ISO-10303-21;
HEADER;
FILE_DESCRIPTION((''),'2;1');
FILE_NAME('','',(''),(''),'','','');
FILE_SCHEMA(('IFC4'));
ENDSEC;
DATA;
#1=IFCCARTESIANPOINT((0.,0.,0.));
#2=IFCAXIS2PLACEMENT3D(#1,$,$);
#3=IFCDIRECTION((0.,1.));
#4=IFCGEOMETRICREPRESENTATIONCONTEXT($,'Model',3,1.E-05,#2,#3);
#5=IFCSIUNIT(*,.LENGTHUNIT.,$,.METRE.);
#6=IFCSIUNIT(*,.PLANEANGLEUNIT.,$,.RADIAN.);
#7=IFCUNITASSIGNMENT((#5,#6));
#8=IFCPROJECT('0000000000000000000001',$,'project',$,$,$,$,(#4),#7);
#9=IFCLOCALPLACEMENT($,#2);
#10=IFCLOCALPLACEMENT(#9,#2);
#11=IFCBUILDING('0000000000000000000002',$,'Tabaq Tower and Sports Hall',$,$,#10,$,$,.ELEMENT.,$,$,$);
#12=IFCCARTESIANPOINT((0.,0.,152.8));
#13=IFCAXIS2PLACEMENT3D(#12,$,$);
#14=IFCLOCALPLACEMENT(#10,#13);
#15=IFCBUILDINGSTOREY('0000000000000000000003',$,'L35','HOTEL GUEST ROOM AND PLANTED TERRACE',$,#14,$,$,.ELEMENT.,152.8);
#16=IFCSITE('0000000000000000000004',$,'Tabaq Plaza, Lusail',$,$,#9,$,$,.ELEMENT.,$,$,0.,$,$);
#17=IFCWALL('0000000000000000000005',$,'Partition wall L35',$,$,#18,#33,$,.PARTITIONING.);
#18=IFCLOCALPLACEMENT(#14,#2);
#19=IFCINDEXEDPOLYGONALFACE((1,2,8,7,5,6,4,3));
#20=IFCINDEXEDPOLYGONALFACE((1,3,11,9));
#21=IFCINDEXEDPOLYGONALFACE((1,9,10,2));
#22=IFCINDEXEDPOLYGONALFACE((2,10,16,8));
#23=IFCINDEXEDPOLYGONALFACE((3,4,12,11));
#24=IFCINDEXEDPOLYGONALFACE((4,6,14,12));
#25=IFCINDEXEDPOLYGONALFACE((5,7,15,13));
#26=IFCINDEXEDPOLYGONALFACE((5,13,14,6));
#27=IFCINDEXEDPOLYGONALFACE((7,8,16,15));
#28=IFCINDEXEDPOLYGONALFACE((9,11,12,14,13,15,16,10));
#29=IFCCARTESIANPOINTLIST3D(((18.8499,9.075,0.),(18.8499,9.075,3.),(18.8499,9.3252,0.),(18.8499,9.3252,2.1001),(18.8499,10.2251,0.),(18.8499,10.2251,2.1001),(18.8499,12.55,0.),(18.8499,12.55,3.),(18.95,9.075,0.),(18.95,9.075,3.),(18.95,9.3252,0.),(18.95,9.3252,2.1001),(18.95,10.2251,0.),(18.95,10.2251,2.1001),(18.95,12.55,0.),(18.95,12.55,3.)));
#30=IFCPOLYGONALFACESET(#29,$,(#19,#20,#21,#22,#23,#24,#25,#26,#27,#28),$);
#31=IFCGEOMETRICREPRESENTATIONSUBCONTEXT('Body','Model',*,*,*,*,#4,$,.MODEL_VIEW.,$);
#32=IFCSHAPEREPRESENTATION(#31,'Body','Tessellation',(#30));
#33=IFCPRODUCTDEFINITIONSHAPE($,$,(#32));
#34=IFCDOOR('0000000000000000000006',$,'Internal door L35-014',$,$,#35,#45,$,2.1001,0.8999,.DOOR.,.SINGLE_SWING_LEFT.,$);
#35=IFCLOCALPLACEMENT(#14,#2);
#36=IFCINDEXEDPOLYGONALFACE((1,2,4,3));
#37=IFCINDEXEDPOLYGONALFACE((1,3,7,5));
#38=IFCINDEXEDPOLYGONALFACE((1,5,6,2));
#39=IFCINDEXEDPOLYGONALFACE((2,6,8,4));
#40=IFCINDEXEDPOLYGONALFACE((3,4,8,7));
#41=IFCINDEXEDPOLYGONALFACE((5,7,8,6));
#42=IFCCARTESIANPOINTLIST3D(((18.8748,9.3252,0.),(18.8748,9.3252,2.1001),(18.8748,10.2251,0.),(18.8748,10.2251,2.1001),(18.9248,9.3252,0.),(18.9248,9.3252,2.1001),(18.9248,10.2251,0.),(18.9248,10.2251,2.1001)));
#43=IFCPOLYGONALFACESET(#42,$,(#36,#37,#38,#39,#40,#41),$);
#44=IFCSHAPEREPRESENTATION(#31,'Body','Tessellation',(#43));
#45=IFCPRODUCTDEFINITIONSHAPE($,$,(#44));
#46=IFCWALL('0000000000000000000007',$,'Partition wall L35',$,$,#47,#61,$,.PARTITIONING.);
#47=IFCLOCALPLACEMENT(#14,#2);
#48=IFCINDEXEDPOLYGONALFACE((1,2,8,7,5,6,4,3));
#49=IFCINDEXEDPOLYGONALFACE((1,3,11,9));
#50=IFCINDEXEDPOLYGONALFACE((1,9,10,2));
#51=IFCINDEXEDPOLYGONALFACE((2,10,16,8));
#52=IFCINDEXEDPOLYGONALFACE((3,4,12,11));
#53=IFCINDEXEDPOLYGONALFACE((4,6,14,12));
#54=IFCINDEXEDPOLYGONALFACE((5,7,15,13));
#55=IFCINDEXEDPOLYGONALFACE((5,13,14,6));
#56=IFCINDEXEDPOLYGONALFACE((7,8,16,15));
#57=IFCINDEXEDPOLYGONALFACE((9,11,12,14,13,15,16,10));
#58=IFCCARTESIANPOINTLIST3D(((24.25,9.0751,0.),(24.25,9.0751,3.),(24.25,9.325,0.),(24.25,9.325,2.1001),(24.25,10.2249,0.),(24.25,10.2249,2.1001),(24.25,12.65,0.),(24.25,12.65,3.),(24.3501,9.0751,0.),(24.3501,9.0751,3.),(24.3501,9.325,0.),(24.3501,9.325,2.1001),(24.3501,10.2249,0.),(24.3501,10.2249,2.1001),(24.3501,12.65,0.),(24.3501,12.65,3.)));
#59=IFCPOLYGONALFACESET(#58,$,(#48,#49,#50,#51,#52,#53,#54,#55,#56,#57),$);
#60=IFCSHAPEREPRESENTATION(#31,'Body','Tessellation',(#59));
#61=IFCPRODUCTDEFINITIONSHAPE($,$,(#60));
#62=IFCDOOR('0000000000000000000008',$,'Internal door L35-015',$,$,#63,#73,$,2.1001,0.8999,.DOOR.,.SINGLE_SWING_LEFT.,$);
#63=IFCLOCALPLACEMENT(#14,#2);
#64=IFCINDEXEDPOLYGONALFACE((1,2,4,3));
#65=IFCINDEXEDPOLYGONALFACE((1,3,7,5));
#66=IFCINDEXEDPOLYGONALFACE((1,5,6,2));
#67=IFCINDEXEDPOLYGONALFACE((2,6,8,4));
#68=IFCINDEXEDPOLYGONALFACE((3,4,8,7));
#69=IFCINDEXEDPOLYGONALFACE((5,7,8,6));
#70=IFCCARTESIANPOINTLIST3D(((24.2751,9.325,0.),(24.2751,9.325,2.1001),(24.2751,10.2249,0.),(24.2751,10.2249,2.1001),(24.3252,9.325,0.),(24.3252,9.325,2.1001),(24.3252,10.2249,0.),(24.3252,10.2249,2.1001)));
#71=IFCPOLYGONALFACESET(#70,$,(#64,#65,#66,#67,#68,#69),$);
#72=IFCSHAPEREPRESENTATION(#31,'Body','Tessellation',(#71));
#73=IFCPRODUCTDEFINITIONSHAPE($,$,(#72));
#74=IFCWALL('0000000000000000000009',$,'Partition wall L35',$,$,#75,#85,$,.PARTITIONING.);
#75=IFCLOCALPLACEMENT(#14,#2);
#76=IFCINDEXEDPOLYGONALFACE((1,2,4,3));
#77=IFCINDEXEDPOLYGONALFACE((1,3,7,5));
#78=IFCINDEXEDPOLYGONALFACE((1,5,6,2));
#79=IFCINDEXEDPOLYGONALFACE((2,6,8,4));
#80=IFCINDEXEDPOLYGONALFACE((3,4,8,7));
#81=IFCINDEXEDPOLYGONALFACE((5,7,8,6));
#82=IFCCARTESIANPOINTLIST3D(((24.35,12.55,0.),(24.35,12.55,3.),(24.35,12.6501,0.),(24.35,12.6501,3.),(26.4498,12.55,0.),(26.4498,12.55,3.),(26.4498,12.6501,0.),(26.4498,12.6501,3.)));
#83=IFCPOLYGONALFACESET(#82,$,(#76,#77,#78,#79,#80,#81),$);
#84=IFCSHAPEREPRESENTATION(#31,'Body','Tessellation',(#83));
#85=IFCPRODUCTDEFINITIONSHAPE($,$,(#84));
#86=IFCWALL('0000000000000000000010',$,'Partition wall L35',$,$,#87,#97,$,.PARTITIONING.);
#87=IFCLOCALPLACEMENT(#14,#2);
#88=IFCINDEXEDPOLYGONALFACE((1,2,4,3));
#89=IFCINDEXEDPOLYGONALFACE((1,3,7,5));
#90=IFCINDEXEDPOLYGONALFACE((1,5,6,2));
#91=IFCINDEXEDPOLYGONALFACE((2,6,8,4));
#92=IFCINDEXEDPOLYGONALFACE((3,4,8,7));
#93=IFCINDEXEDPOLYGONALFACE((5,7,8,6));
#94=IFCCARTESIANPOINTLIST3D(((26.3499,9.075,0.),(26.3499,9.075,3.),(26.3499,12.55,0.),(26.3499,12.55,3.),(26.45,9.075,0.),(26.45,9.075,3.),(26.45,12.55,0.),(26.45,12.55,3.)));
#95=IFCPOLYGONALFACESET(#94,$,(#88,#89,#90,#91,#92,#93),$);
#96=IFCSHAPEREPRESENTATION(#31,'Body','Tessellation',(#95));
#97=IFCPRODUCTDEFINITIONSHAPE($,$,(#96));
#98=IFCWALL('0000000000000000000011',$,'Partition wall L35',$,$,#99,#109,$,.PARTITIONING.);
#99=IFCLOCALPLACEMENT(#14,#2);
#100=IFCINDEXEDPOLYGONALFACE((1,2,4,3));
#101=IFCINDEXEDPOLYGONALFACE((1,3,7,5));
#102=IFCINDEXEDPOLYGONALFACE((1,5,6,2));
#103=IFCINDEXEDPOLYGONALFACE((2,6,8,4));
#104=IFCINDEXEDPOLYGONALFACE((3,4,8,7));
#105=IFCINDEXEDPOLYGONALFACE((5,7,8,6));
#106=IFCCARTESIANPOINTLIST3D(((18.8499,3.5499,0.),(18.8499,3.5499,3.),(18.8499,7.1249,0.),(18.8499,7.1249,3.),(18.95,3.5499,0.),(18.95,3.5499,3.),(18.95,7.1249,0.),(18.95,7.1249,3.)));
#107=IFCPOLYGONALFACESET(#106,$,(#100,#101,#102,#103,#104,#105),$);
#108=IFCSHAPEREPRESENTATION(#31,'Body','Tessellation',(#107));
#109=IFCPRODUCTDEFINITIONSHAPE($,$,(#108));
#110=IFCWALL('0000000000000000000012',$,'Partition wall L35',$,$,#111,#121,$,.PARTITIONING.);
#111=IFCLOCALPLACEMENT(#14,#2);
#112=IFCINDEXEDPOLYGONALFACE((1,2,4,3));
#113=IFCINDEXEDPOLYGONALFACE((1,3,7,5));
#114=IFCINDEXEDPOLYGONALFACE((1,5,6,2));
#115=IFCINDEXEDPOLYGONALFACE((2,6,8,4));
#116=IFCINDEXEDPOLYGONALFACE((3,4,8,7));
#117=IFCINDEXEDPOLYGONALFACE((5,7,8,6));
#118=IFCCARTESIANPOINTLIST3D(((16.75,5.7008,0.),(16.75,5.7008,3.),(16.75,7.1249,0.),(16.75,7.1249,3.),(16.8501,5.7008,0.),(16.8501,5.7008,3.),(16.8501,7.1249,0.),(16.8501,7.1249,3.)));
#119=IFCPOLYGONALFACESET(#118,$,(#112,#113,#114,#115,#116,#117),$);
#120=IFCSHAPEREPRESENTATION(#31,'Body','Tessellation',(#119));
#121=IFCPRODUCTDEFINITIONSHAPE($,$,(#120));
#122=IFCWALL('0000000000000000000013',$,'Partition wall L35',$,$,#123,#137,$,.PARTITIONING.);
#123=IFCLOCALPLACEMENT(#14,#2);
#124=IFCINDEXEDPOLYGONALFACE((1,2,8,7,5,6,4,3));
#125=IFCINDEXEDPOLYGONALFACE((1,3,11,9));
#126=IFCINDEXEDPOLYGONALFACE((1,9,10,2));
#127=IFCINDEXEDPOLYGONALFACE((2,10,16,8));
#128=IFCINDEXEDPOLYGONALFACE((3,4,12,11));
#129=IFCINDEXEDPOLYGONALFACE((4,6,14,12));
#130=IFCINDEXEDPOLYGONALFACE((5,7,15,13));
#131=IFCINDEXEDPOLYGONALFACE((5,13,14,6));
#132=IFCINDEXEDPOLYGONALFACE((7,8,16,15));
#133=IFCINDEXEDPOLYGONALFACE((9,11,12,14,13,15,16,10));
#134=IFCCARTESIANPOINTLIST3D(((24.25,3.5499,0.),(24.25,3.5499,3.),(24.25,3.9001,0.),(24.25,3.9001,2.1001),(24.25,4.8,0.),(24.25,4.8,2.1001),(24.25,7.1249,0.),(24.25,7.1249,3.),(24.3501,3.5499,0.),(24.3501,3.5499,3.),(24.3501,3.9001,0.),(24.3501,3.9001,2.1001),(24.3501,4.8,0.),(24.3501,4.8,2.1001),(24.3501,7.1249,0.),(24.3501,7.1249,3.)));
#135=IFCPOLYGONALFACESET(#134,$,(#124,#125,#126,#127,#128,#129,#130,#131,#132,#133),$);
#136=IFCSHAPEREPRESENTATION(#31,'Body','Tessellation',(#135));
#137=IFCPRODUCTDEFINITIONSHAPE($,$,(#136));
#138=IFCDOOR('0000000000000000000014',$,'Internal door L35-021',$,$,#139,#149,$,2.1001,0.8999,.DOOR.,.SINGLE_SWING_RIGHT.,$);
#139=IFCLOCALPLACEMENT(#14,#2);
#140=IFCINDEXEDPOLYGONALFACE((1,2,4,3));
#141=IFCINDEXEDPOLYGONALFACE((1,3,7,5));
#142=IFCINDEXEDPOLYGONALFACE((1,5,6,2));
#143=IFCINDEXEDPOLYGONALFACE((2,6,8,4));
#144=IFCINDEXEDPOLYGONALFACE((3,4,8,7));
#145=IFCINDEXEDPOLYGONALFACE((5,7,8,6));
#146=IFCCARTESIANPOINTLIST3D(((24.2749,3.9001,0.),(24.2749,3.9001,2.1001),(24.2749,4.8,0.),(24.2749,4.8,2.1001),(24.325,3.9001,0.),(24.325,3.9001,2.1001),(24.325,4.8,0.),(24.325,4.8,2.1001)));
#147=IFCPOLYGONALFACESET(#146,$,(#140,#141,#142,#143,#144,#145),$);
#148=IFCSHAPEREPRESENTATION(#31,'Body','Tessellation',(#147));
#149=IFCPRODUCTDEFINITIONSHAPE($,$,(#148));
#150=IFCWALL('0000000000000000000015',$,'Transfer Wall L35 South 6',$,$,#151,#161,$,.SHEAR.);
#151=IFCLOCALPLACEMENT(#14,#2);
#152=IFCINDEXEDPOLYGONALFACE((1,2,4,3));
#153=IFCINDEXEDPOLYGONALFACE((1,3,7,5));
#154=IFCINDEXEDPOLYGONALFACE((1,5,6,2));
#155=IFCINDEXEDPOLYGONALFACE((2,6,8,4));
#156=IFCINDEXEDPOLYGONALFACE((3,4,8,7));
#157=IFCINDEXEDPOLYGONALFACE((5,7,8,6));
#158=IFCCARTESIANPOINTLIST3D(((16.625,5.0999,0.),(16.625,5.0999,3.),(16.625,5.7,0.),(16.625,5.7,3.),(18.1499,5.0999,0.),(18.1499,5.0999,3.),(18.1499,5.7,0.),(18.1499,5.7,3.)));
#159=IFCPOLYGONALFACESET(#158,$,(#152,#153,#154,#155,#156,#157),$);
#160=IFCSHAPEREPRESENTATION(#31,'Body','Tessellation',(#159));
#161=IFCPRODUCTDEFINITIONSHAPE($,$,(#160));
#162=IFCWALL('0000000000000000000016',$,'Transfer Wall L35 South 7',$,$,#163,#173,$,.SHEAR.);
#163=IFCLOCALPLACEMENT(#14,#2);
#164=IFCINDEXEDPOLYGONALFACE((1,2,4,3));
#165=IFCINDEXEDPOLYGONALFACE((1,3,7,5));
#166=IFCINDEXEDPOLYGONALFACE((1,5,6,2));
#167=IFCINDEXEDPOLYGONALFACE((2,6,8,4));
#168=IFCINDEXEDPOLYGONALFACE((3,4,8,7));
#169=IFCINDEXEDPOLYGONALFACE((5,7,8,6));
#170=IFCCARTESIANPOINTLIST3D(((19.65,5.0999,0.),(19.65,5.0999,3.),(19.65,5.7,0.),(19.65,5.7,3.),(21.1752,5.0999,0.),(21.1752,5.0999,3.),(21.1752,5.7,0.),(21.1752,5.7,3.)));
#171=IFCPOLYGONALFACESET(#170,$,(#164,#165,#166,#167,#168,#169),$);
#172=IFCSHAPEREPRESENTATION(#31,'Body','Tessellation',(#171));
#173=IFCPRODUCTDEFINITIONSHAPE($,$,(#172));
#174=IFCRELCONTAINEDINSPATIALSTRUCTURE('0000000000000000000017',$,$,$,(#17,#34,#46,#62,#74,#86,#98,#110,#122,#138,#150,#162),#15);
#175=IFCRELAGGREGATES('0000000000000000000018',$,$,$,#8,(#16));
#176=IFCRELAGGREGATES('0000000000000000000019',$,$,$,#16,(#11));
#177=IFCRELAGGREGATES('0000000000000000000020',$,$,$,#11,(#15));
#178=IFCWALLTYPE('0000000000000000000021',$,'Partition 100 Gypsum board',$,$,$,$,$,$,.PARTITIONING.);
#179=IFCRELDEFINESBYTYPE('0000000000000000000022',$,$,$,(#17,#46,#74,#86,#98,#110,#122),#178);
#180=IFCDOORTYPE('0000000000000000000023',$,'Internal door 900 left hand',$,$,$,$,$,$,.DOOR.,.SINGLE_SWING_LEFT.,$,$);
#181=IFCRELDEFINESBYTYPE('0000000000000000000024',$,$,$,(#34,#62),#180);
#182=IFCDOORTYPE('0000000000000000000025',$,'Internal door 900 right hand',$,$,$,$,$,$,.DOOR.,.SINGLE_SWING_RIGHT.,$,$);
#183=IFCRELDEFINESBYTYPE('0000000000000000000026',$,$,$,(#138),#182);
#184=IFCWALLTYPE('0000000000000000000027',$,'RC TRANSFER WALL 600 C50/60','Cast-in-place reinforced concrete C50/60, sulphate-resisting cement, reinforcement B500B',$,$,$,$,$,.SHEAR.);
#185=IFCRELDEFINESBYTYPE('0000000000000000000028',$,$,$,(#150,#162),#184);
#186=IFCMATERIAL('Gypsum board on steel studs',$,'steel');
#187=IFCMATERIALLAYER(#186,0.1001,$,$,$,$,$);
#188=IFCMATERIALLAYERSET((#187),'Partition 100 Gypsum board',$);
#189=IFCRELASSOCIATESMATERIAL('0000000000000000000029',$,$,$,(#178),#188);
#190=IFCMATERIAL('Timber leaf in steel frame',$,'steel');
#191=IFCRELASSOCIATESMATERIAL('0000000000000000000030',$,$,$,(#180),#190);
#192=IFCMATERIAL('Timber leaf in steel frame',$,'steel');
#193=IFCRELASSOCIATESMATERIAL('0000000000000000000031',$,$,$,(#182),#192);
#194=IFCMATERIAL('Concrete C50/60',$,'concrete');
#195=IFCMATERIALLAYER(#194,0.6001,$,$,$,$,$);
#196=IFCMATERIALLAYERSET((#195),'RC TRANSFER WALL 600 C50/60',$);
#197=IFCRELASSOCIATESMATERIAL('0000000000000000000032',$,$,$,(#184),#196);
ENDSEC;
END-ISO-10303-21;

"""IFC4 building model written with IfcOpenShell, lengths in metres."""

from ifc_helpers import new_model, si_unit, direction, frame, frame_2d, origin, place, context, subcontext, project, spatial, rectangle, extrude, material, layer, layer_set, type_object, element, fill, save


model = new_model("IFC4")

# Units and contexts
model_context = context("Model", 3, precision=1e-05, world=origin(), true_north=direction((0.0, 1.0)))
body_context = subcontext(model_context, "Body", "Model", "MODEL_VIEW")
ifc_project = project(units=[si_unit("LENGTHUNIT", "METRE"), si_unit("PLANEANGLEUNIT", "RADIAN")], contexts=[model_context])

# Site, building, storey
site_placement = place(None, origin())
site = spatial("IfcSite", under=ifc_project, at=site_placement, Name="Tabaq Plaza, Lusail", CompositionType="ELEMENT", RefElevation=0.0)
building_placement = place(site_placement, origin())
building = spatial("IfcBuilding", under=site, at=building_placement, Name="Tabaq Tower and Sports Hall", CompositionType="ELEMENT")
storey_placement = place(building_placement, frame((0.0, 0.0, 152.8)))
storey = spatial("IfcBuildingStorey", under=building, at=storey_placement, Name="L35", Description="HOTEL GUEST ROOM AND PLANTED TERRACE", CompositionType="ELEMENT", Elevation=152.8)

# Shared definitions
ifc_material_1 = material(Name="Gypsum board on steel studs", Category="steel")
ifc_layer_1 = layer(ifc_material_1, 0.1001)
ifc_layer_set_1 = layer_set([ifc_layer_1], Name="Partition 100 Gypsum board")
wall_type_1 = type_object("IfcWallType", Name="Partition 100 Gypsum board", PredefinedType="PARTITIONING", material=ifc_layer_set_1)

# Walls, openings, doors
wall_1_placement = place(storey_placement, frame((18.8999, 12.55, 0.0), z_axis=(0.0, 0.0, 1.0), x_axis=(0.0, -1.0, 0.0)))
wall_1 = element("IfcWall", 1, at=wall_1_placement, inside=storey, type_object=wall_type_1, Name="Partition wall L35", PredefinedType="PARTITIONING", context=body_context, shape_type="SweptSolid", body=[
    extrude(rectangle(XDim=3.4751, YDim=0.1001, at=frame_2d((1.7375, 0.0))), origin(), (0.0, 0.0, 1.0), 3.0),
])
opening_1_placement = place(wall_1_placement, frame((2.325, 0.0, 0.0)))
opening_1 = element("IfcOpeningElement", 2, at=opening_1_placement, cuts=wall_1, PredefinedType="OPENING", context=body_context, shape_type="SweptSolid", body=[
    extrude(rectangle(XDim=0.8999, YDim=2.1001, at=frame_2d((0.45, 1.05))), frame((0.0, 0.05, 0.0), z_axis=(0.0, -1.0, 0.0), x_axis=(1.0, 0.0, 0.0)), (0.0, 0.0, 1.0), 0.1001),
])
ifc_material_2 = material(Name="Timber leaf in steel frame", Category="steel")
door_type_1 = type_object("IfcDoorType", Name="Internal door 900 left hand", OperationType="SINGLE_SWING_LEFT", PredefinedType="DOOR", material=ifc_material_2)
door_1_placement = place(opening_1_placement, origin())
door_1 = element("IfcDoor", 3, at=door_1_placement, inside=storey, type_object=door_type_1, Name="Internal door L35-014", OperationType="SINGLE_SWING_LEFT", OverallHeight=2.1001, OverallWidth=0.8999, PredefinedType="DOOR", context=body_context, shape_type="SweptSolid", body=[
    extrude(rectangle(XDim=0.8999, YDim=2.1001, at=frame_2d((0.45, 1.05))), frame((0.0, 0.0249, 0.0), z_axis=(0.0, -1.0, 0.0), x_axis=(1.0, 0.0, 0.0)), (0.0, 0.0, 1.0), 0.05),
])
fill(opening_1, door_1)
wall_2_placement = place(storey_placement, frame((24.3, 9.075, 0.0), z_axis=(0.0, 0.0, 1.0), x_axis=(0.0, 1.0, 0.0)))
wall_2 = element("IfcWall", 4, at=wall_2_placement, inside=storey, type_object=wall_type_1, Name="Partition wall L35", PredefinedType="PARTITIONING", context=body_context, shape_type="SweptSolid", body=[
    extrude(rectangle(XDim=3.575, YDim=0.1001, at=frame_2d((1.7876, 0.0))), origin(), (0.0, 0.0, 1.0), 3.0),
])
opening_2_placement = place(wall_2_placement, frame((0.25, 0.0, 0.0)))
opening_2 = element("IfcOpeningElement", 5, at=opening_2_placement, cuts=wall_2, PredefinedType="OPENING", context=body_context, shape_type="SweptSolid", body=[
    extrude(rectangle(XDim=0.8999, YDim=2.1001, at=frame_2d((0.45, 1.05))), frame((0.0, 0.05, 0.0), z_axis=(0.0, -1.0, 0.0), x_axis=(1.0, 0.0, 0.0)), (0.0, 0.0, 1.0), 0.1001),
])
door_2_placement = place(opening_2_placement, origin())
door_2 = element("IfcDoor", 6, at=door_2_placement, inside=storey, type_object=door_type_1, Name="Internal door L35-015", OperationType="SINGLE_SWING_LEFT", OverallHeight=2.1001, OverallWidth=0.8999, PredefinedType="DOOR", context=body_context, shape_type="SweptSolid", body=[
    extrude(rectangle(XDim=0.8999, YDim=2.1001, at=frame_2d((0.45, 1.05))), frame((0.0, 0.0249, 0.0), z_axis=(0.0, -1.0, 0.0), x_axis=(1.0, 0.0, 0.0)), (0.0, 0.0, 1.0), 0.05),
])
fill(opening_2, door_2)

# Walls
wall_3_placement = place(storey_placement, frame((24.3501, 12.6001, 0.0), z_axis=(0.0, 0.0, 1.0), x_axis=(1.0, 0.0, 0.0)))
element("IfcWall", 7, at=wall_3_placement, inside=storey, type_object=wall_type_1, Name="Partition wall L35", PredefinedType="PARTITIONING", context=body_context, shape_type="SweptSolid", body=[
    extrude(rectangle(XDim=2.0999, YDim=0.1001, at=frame_2d((1.0498, 0.0))), origin(), (0.0, 0.0, 1.0), 3.0),
])
wall_4_placement = place(storey_placement, frame((26.3999, 12.55, 0.0), z_axis=(0.0, 0.0, 1.0), x_axis=(0.0, -1.0, 0.0)))
element("IfcWall", 8, at=wall_4_placement, inside=storey, type_object=wall_type_1, Name="Partition wall L35", PredefinedType="PARTITIONING", context=body_context, shape_type="SweptSolid", body=[
    extrude(rectangle(XDim=3.4751, YDim=0.1001, at=frame_2d((1.7375, 0.0))), origin(), (0.0, 0.0, 1.0), 3.0),
])
wall_5_placement = place(storey_placement, frame((18.8999, 7.125, 0.0), z_axis=(0.0, 0.0, 1.0), x_axis=(0.0, -1.0, 0.0)))
element("IfcWall", 9, at=wall_5_placement, inside=storey, type_object=wall_type_1, Name="Partition wall L35", PredefinedType="PARTITIONING", context=body_context, shape_type="SweptSolid", body=[
    extrude(rectangle(XDim=3.575, YDim=0.1001, at=frame_2d((1.7876, 0.0))), origin(), (0.0, 0.0, 1.0), 3.0),
])
wall_6_placement = place(storey_placement, frame((16.8, 5.7009, 0.0), z_axis=(0.0, 0.0, 1.0), x_axis=(0.0, 1.0, 0.0)))
element("IfcWall", 10, at=wall_6_placement, inside=storey, type_object=wall_type_1, Name="Partition wall L35", PredefinedType="PARTITIONING", context=body_context, shape_type="SweptSolid", body=[
    extrude(rectangle(XDim=1.4241, YDim=0.1001, at=frame_2d((0.7119, 0.0))), origin(), (0.0, 0.0, 1.0), 3.0),
])

# Wall, opening, door
wall_7_placement = place(storey_placement, frame((24.3, 7.125, 0.0), z_axis=(0.0, 0.0, 1.0), x_axis=(0.0, -1.0, 0.0)))
wall_7 = element("IfcWall", 11, at=wall_7_placement, inside=storey, type_object=wall_type_1, Name="Partition wall L35", PredefinedType="PARTITIONING", context=body_context, shape_type="SweptSolid", body=[
    extrude(rectangle(XDim=3.575, YDim=0.1001, at=frame_2d((1.7876, 0.0))), origin(), (0.0, 0.0, 1.0), 3.0),
])
opening_3_placement = place(wall_7_placement, frame((2.325, 0.0, 0.0)))
opening_3 = element("IfcOpeningElement", 12, at=opening_3_placement, cuts=wall_7, PredefinedType="OPENING", context=body_context, shape_type="SweptSolid", body=[
    extrude(rectangle(XDim=0.8999, YDim=2.1001, at=frame_2d((0.45, 1.05))), frame((0.0, 0.05, 0.0), z_axis=(0.0, -1.0, 0.0), x_axis=(1.0, 0.0, 0.0)), (0.0, 0.0, 1.0), 0.1001),
])
ifc_material_3 = material(Name="Timber leaf in steel frame", Category="steel")
door_type_2 = type_object("IfcDoorType", Name="Internal door 900 right hand", OperationType="SINGLE_SWING_RIGHT", PredefinedType="DOOR", material=ifc_material_3)
door_3_placement = place(opening_3_placement, origin())
door_3 = element("IfcDoor", 13, at=door_3_placement, inside=storey, type_object=door_type_2, Name="Internal door L35-021", OperationType="SINGLE_SWING_RIGHT", OverallHeight=2.1001, OverallWidth=0.8999, PredefinedType="DOOR", context=body_context, shape_type="SweptSolid", body=[
    extrude(rectangle(XDim=0.8999, YDim=2.1001, at=frame_2d((0.45, 1.05))), frame((0.0, 0.0249, 0.0), z_axis=(0.0, -1.0, 0.0), x_axis=(1.0, 0.0, 0.0)), (0.0, 0.0, 1.0), 0.05),
])
fill(opening_3, door_3)

# Walls
ifc_material_4 = material(Name="Concrete C50/60", Category="concrete")
ifc_layer_2 = layer(ifc_material_4, 0.6001)
ifc_layer_set_2 = layer_set([ifc_layer_2], Name="RC TRANSFER WALL 600 C50/60")
wall_type_2 = type_object("IfcWallType", Name="RC TRANSFER WALL 600 C50/60", Description="Cast-in-place reinforced concrete C50/60, sulphate-resisting cement, reinforcement B500B", PredefinedType="SHEAR", material=ifc_layer_set_2)
wall_8_placement = place(storey_placement, frame((16.625, 5.3999, 0.0), z_axis=(0.0, 0.0, 1.0), x_axis=(1.0, 0.0, 0.0)))
element("IfcWall", 14, at=wall_8_placement, inside=storey, type_object=wall_type_2, Name="Transfer Wall L35 South 6", PredefinedType="SHEAR", context=body_context, shape_type="SweptSolid", body=[
    extrude(rectangle(XDim=1.5249, YDim=0.6001, at=frame_2d((0.7625, 0.0))), origin(), (0.0, 0.0, 1.0), 3.0),
])
wall_9_placement = place(storey_placement, frame((19.6499, 5.3999, 0.0), z_axis=(0.0, 0.0, 1.0), x_axis=(1.0, 0.0, 0.0)))
element("IfcWall", 15, at=wall_9_placement, inside=storey, type_object=wall_type_2, Name="Transfer Wall L35 South 7", PredefinedType="SHEAR", context=body_context, shape_type="SweptSolid", body=[
    extrude(rectangle(XDim=1.5251, YDim=0.6001, at=frame_2d((0.7627, 0.0))), origin(), (0.0, 0.0, 1.0), 3.0),
])

save(model, "model.ifc")
